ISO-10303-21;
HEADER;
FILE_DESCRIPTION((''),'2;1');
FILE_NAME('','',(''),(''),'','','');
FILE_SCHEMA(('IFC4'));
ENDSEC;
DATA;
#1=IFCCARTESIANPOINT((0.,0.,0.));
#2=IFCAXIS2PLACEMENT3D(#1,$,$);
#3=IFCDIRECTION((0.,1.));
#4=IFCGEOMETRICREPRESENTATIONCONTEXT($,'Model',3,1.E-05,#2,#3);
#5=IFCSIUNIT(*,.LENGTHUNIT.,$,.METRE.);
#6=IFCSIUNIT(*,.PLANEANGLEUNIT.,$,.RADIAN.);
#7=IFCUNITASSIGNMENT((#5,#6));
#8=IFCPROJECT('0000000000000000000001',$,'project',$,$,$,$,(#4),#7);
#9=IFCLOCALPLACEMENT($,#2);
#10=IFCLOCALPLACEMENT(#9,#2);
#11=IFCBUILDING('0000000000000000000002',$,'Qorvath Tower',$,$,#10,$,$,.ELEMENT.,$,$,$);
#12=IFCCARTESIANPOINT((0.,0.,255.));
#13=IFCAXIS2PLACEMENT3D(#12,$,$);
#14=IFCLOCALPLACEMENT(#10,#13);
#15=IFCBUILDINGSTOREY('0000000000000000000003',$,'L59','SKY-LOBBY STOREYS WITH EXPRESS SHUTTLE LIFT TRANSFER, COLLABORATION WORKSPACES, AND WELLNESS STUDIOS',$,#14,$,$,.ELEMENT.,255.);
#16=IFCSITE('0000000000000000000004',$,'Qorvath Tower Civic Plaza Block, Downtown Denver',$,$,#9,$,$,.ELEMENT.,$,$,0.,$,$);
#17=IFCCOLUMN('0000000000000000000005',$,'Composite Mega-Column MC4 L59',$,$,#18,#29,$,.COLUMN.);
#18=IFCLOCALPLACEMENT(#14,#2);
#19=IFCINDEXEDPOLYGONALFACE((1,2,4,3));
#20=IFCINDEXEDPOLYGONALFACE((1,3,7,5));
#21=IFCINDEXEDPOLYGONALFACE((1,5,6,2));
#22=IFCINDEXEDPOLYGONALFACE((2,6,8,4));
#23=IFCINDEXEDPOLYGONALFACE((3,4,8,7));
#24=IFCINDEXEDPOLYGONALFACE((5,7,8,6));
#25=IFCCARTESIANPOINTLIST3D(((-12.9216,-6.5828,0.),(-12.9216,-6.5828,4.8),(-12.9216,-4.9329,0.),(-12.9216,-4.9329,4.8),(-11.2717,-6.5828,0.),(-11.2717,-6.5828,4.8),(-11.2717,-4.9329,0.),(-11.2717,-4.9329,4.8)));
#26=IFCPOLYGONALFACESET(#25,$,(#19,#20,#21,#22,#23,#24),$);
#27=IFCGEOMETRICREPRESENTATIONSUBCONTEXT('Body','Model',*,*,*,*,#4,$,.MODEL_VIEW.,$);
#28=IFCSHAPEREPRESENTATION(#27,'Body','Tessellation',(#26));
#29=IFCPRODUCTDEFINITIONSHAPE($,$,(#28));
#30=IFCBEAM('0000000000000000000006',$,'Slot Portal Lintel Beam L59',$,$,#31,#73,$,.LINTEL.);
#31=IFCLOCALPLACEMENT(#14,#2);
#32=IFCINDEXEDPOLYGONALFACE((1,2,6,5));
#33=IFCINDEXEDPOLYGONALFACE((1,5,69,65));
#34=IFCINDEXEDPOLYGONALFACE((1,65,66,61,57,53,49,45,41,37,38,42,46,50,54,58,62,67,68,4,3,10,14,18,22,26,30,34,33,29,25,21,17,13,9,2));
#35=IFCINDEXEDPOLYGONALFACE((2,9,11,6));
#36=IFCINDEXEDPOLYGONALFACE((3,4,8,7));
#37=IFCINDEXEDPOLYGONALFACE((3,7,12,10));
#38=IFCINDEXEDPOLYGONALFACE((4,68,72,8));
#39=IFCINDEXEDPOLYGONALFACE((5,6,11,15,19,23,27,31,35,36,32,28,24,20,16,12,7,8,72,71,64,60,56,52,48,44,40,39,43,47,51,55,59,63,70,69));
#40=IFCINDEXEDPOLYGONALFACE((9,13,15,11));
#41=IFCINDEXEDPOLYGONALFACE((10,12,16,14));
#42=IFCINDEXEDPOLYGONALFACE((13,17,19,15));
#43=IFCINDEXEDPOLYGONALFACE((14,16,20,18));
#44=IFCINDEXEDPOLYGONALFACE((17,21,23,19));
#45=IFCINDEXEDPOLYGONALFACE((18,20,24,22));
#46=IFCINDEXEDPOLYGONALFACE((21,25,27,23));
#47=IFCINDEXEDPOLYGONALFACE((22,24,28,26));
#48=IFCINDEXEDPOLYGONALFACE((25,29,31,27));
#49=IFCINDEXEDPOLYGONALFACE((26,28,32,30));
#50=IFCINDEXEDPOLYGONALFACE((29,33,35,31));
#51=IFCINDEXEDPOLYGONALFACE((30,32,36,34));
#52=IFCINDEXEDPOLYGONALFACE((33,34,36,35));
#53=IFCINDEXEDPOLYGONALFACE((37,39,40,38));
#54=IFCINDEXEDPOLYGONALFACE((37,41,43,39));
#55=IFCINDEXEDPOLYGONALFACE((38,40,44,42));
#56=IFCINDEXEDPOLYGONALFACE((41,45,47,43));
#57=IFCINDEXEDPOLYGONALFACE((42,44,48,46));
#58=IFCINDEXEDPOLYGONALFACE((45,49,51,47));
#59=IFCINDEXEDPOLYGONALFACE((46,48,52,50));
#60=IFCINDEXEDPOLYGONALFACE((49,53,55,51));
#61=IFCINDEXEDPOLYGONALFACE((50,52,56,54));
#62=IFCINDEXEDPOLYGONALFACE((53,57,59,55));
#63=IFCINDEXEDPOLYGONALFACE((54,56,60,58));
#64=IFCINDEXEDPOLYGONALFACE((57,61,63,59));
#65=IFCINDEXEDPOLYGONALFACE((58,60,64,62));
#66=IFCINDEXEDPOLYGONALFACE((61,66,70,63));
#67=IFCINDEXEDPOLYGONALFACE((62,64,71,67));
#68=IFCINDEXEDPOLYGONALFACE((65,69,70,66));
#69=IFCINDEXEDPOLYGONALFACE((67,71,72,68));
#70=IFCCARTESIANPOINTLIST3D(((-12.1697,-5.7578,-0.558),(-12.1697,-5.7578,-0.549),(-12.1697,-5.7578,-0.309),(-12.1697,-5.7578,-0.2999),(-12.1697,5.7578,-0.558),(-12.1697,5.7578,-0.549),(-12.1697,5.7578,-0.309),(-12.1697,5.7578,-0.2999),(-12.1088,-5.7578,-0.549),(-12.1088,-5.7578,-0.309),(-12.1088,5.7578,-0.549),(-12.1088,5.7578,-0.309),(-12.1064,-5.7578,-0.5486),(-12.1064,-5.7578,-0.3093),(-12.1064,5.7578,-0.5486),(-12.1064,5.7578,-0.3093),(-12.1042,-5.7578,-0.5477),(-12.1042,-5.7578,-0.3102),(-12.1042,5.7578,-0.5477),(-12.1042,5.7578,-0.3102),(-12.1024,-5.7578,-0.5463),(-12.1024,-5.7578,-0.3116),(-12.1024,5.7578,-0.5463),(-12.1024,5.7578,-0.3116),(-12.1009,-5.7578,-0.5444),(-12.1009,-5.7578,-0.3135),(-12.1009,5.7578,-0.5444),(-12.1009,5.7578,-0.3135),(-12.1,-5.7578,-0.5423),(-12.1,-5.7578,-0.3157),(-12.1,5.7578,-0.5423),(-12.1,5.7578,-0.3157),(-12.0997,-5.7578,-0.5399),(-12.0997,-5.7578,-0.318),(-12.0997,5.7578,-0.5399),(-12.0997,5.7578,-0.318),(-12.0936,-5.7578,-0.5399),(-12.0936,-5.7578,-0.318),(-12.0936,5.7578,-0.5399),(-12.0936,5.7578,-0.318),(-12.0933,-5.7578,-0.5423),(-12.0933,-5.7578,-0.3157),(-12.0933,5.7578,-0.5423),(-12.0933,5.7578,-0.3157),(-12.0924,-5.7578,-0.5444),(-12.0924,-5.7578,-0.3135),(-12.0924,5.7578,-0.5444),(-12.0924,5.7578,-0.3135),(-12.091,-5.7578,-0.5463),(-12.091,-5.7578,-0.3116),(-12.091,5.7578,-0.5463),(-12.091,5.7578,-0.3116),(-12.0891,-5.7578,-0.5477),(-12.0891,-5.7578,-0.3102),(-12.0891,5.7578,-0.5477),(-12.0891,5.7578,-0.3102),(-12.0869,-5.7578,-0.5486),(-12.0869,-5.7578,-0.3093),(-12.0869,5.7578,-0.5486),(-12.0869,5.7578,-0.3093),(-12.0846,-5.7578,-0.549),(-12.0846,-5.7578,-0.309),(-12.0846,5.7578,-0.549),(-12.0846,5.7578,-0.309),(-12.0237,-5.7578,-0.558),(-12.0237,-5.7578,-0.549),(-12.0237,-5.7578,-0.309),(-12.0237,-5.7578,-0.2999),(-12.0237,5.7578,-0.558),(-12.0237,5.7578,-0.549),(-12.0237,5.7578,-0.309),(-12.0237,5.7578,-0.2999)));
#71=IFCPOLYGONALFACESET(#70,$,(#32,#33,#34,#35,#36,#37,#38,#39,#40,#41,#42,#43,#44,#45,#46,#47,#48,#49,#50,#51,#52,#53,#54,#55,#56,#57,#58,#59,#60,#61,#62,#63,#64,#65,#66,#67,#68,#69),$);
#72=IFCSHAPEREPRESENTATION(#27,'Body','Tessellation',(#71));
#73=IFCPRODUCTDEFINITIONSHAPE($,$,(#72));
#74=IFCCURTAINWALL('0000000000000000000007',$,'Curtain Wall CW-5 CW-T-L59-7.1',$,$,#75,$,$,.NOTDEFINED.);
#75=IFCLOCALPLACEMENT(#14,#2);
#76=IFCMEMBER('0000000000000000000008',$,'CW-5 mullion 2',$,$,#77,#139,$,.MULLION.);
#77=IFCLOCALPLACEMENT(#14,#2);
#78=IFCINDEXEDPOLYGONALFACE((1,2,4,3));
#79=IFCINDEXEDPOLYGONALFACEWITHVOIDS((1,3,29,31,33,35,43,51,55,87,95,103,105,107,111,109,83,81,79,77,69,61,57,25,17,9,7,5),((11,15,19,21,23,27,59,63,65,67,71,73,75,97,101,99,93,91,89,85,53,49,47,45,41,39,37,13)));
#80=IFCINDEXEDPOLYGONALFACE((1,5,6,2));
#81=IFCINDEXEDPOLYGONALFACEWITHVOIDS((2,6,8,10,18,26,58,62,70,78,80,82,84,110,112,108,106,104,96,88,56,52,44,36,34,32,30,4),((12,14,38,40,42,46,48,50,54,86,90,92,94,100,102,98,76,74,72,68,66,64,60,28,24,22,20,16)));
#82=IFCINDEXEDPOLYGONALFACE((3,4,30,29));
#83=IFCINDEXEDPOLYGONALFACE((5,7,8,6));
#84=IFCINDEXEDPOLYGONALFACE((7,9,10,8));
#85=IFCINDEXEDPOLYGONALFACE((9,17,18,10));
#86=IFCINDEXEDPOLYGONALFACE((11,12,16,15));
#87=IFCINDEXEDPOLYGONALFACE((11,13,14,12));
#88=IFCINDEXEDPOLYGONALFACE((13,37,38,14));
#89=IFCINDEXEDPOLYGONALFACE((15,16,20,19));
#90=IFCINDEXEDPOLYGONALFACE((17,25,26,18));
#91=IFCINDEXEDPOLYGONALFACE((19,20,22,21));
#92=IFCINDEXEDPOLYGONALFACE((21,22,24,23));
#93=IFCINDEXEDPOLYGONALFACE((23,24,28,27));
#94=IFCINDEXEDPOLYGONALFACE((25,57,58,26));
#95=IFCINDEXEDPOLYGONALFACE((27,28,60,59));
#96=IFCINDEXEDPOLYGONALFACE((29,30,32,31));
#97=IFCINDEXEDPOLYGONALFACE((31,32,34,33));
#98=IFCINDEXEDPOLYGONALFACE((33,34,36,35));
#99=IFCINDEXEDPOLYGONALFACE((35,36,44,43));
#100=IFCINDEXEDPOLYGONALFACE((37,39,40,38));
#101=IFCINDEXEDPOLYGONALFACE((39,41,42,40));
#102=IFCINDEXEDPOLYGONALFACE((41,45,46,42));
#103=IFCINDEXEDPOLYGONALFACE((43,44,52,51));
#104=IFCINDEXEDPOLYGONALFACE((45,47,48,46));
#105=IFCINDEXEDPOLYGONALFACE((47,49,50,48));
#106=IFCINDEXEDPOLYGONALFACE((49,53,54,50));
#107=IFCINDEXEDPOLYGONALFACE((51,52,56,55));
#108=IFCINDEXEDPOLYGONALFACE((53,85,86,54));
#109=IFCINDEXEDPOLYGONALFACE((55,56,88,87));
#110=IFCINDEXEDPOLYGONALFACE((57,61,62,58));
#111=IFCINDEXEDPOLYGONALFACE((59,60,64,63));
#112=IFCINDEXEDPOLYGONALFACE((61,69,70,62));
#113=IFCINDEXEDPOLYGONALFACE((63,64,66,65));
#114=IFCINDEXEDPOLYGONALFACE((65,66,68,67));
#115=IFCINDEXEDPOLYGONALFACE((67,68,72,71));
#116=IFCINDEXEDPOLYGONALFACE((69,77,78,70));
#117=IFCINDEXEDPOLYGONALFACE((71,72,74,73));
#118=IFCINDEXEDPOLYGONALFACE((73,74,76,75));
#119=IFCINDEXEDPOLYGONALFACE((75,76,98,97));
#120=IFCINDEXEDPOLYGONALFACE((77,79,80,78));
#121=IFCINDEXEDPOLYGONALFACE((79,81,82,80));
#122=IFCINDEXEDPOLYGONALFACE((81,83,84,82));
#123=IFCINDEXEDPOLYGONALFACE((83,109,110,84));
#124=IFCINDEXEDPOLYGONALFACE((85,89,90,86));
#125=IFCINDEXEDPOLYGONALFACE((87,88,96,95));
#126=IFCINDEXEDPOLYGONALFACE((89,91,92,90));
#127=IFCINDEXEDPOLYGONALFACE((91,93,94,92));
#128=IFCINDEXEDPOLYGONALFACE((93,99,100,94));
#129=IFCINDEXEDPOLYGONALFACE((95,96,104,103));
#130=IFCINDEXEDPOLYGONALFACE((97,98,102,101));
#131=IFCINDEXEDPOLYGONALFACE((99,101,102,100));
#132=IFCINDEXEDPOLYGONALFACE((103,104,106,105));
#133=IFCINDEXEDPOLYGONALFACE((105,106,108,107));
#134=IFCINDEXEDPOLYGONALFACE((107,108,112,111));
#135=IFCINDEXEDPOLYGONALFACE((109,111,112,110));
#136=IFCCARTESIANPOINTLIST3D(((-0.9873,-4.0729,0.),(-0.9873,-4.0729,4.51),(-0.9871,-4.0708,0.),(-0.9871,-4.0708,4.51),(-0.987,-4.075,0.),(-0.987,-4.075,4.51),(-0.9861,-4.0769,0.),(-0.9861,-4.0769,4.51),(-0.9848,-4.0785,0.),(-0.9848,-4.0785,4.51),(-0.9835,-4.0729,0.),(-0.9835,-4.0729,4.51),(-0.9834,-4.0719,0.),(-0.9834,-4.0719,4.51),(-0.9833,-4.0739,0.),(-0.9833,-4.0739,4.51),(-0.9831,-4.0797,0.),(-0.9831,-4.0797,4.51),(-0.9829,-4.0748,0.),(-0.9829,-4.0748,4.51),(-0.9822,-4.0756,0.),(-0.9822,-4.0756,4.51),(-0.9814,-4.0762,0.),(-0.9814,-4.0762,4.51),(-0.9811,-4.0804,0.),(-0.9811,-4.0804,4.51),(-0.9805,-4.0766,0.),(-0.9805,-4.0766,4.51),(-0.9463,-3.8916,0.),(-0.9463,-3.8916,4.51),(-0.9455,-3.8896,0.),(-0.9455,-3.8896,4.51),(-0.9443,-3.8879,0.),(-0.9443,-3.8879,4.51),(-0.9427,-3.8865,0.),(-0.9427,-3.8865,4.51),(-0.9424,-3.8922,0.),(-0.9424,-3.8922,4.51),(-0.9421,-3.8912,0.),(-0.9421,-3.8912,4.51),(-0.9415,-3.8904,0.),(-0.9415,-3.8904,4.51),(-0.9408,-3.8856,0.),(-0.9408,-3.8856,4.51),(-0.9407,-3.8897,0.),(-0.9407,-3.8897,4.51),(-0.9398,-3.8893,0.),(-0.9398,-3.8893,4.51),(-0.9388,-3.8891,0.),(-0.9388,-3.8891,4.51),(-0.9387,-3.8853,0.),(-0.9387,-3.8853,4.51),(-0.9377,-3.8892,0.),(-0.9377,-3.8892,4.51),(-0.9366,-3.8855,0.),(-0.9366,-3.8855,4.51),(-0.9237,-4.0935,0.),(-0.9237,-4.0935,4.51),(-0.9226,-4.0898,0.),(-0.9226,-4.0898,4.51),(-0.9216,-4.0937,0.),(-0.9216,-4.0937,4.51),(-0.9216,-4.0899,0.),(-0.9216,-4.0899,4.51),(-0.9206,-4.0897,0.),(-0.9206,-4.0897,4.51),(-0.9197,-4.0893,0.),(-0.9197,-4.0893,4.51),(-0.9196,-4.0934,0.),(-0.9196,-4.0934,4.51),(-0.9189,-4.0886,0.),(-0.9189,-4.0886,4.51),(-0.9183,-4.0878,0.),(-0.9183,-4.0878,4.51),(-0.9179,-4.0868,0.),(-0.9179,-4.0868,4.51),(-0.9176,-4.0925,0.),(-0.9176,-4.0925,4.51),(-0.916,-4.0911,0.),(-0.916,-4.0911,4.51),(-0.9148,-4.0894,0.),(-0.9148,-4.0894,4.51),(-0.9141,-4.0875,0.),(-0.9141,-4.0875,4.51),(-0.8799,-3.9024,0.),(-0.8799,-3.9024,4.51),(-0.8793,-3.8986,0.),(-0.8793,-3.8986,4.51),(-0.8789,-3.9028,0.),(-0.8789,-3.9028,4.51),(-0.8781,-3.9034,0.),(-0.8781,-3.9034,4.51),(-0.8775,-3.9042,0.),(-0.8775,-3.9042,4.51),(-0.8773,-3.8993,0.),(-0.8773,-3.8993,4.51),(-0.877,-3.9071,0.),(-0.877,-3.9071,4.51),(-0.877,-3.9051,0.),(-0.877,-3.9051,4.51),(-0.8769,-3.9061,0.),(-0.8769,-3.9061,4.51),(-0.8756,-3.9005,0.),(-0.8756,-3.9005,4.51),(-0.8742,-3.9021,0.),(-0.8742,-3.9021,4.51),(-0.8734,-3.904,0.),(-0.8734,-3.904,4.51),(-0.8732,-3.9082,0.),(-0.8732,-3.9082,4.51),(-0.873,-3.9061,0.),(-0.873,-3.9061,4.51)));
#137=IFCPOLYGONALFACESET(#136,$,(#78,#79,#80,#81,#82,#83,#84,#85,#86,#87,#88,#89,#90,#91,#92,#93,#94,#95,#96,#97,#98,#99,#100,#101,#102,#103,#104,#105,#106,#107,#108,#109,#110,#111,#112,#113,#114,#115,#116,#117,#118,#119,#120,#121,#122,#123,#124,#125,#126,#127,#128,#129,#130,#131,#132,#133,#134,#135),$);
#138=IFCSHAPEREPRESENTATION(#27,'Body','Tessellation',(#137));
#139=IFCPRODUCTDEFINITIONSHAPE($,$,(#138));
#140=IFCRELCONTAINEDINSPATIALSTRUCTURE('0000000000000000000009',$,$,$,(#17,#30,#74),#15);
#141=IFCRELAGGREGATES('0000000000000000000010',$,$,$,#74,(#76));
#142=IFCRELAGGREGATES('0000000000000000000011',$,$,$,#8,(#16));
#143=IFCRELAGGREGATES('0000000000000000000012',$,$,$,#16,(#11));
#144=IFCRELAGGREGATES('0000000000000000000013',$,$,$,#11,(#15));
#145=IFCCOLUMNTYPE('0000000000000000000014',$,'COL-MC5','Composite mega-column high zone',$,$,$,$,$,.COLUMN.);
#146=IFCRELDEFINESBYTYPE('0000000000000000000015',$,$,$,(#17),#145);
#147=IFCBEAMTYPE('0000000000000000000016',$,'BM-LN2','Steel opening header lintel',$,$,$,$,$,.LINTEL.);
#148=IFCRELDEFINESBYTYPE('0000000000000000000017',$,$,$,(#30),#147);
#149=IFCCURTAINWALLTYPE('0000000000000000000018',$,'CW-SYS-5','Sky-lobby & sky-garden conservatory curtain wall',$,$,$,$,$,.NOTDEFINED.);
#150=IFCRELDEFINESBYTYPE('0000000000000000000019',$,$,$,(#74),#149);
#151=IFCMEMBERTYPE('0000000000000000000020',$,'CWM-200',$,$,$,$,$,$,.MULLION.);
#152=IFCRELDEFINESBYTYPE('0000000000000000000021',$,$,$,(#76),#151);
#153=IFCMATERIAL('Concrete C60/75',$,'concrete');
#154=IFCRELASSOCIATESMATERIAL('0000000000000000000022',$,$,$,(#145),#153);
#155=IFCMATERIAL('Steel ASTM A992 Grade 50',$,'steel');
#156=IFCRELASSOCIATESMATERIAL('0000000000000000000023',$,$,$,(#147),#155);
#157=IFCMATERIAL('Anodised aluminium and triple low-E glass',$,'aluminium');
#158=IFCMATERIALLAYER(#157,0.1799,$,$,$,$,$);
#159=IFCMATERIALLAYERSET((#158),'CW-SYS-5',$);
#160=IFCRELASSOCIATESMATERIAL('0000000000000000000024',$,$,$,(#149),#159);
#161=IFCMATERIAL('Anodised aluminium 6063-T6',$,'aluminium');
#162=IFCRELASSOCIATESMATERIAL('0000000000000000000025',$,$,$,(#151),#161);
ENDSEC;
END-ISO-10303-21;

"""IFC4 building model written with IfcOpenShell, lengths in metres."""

from ifc_helpers import new_model, si_unit, direction, frame, origin, origin_2d, place, context, subcontext, project, spatial, rectangle, hollow_rectangle, i_section, extrude, material, layer, layer_set, material_profile, profile_set, type_object, element, aggregate, save


model = new_model("IFC4")

# Units and contexts
model_context = context("Model", 3, precision=1e-05, world=origin(), true_north=direction((0.0, 1.0)))
body_context = subcontext(model_context, "Body", "Model", "MODEL_VIEW")
ifc_project = project(units=[si_unit("LENGTHUNIT", "METRE"), si_unit("PLANEANGLEUNIT", "RADIAN")], contexts=[model_context])

# Site, building, storey
site_placement = place(None, origin())
site = spatial("IfcSite", under=ifc_project, at=site_placement, Name="Qorvath Tower Civic Plaza Block, Downtown Denver", CompositionType="ELEMENT", RefElevation=0.0)
building_placement = place(site_placement, origin())
building = spatial("IfcBuilding", under=site, at=building_placement, Name="Qorvath Tower", CompositionType="ELEMENT")
storey_placement = place(building_placement, frame((0.0, 0.0, 255.0)))
storey = spatial("IfcBuildingStorey", under=building, at=storey_placement, Name="L59", Description="SKY-LOBBY STOREYS WITH EXPRESS SHUTTLE LIFT TRANSFER, COLLABORATION WORKSPACES, AND WELLNESS STUDIOS", CompositionType="ELEMENT", Elevation=255.0)

# Column
ifc_material_1 = material(Name="Concrete C60/75", Category="concrete")
ifc_material_profile_1 = material_profile(ifc_material_1, rectangle(XDim=1.6499, YDim=1.6499, at=origin_2d()), Name="MC 1650x1650")
ifc_profile_set_1 = profile_set([ifc_material_profile_1], Name="Concrete C60/75")
column_type = type_object("IfcColumnType", Name="COL-MC5", Description="Composite mega-column high zone", PredefinedType="COLUMN", material=ifc_profile_set_1)
column_placement = place(storey_placement, frame((-12.0967, -5.7578, 0.0), z_axis=(0.0, 0.0, 1.0), x_axis=(1.0, 0.0, 0.0)))
element("IfcColumn", 1, at=column_placement, inside=storey, type_object=column_type, Name="Composite Mega-Column MC4 L59", PredefinedType="COLUMN", context=body_context, shape_type="SweptSolid", body=[
    extrude(rectangle(XDim=1.6499, YDim=1.6499, at=origin_2d()), origin(), (0.0, 0.0, 1.0), 4.8),
])

# Beam
ifc_material_2 = material(Name="Steel ASTM A992 Grade 50", Category="steel")
ifc_material_profile_2 = material_profile(ifc_material_2, i_section(OverallWidth=0.146, OverallDepth=0.2581, WebThickness=0.0061, FlangeThickness=0.009, FilletRadius=0.009, at=origin_2d()), Name="W10x22")
ifc_profile_set_2 = profile_set([ifc_material_profile_2], Name="Steel ASTM A992 Grade 50")
beam_type = type_object("IfcBeamType", Name="BM-LN2", Description="Steel opening header lintel", PredefinedType="LINTEL", material=ifc_profile_set_2)
beam_placement = place(storey_placement, frame((-12.0967, -5.7578, -0.429), z_axis=(0.0, 1.0, 0.0), x_axis=(-1.0, 0.0, 0.0)))
element("IfcBeam", 2, at=beam_placement, inside=storey, type_object=beam_type, Name="Slot Portal Lintel Beam L59", PredefinedType="LINTEL", context=body_context, shape_type="SweptSolid", body=[
    extrude(i_section(OverallWidth=0.146, OverallDepth=0.2581, WebThickness=0.0061, FlangeThickness=0.009, FilletRadius=0.009, at=origin_2d()), origin(), (0.0, 0.0, 1.0), 11.5156),
])

# Curtain wall, member
ifc_material_3 = material(Name="Anodised aluminium and triple low-E glass", Category="aluminium")
ifc_layer_1 = layer(ifc_material_3, 0.1799)
ifc_layer_set_1 = layer_set([ifc_layer_1], Name="CW-SYS-5")
curtain_wall_type = type_object("IfcCurtainWallType", Name="CW-SYS-5", Description="Sky-lobby & sky-garden conservatory curtain wall", PredefinedType="NOTDEFINED", material=ifc_layer_set_1)
curtain_wall_1_placement = place(storey_placement, origin())
curtain_wall_1 = element("IfcCurtainWall", 3, at=curtain_wall_1_placement, inside=storey, type_object=curtain_wall_type, Name="Curtain Wall CW-5 CW-T-L59-7.1", PredefinedType="NOTDEFINED")
ifc_material_4 = material(Name="Anodised aluminium 6063-T6", Category="aluminium")
ifc_material_profile_3 = material_profile(ifc_material_4, hollow_rectangle(XDim=0.075, YDim=0.2, WallThickness=0.0039, InnerFilletRadius=0.0039, OuterFilletRadius=0.0081, at=origin_2d()), Name="CWM 200x75")
ifc_profile_set_3 = profile_set([ifc_material_profile_3], Name="Anodised aluminium 6063-T6")
member_type_1 = type_object("IfcMemberType", Name="CWM-200", PredefinedType="MULLION", material=ifc_profile_set_3)
member_1_placement = place(storey_placement, frame((-0.9302, -3.9895, 0.0), z_axis=(0.0, 0.0, 1.0), x_axis=(-0.974971, 0.222331, 0.0)))
member_1 = element("IfcMember", 4, at=member_1_placement, type_object=member_type_1, Name="CW-5 mullion 2", PredefinedType="MULLION", context=body_context, shape_type="SweptSolid", body=[
    extrude(hollow_rectangle(XDim=0.075, YDim=0.2, WallThickness=0.0039, InnerFilletRadius=0.0039, OuterFilletRadius=0.0081, at=origin_2d()), origin(), (0.0, 0.0, 1.0), 4.51),
])

aggregate(curtain_wall_1, [member_1])

save(model, "model.ifc")
